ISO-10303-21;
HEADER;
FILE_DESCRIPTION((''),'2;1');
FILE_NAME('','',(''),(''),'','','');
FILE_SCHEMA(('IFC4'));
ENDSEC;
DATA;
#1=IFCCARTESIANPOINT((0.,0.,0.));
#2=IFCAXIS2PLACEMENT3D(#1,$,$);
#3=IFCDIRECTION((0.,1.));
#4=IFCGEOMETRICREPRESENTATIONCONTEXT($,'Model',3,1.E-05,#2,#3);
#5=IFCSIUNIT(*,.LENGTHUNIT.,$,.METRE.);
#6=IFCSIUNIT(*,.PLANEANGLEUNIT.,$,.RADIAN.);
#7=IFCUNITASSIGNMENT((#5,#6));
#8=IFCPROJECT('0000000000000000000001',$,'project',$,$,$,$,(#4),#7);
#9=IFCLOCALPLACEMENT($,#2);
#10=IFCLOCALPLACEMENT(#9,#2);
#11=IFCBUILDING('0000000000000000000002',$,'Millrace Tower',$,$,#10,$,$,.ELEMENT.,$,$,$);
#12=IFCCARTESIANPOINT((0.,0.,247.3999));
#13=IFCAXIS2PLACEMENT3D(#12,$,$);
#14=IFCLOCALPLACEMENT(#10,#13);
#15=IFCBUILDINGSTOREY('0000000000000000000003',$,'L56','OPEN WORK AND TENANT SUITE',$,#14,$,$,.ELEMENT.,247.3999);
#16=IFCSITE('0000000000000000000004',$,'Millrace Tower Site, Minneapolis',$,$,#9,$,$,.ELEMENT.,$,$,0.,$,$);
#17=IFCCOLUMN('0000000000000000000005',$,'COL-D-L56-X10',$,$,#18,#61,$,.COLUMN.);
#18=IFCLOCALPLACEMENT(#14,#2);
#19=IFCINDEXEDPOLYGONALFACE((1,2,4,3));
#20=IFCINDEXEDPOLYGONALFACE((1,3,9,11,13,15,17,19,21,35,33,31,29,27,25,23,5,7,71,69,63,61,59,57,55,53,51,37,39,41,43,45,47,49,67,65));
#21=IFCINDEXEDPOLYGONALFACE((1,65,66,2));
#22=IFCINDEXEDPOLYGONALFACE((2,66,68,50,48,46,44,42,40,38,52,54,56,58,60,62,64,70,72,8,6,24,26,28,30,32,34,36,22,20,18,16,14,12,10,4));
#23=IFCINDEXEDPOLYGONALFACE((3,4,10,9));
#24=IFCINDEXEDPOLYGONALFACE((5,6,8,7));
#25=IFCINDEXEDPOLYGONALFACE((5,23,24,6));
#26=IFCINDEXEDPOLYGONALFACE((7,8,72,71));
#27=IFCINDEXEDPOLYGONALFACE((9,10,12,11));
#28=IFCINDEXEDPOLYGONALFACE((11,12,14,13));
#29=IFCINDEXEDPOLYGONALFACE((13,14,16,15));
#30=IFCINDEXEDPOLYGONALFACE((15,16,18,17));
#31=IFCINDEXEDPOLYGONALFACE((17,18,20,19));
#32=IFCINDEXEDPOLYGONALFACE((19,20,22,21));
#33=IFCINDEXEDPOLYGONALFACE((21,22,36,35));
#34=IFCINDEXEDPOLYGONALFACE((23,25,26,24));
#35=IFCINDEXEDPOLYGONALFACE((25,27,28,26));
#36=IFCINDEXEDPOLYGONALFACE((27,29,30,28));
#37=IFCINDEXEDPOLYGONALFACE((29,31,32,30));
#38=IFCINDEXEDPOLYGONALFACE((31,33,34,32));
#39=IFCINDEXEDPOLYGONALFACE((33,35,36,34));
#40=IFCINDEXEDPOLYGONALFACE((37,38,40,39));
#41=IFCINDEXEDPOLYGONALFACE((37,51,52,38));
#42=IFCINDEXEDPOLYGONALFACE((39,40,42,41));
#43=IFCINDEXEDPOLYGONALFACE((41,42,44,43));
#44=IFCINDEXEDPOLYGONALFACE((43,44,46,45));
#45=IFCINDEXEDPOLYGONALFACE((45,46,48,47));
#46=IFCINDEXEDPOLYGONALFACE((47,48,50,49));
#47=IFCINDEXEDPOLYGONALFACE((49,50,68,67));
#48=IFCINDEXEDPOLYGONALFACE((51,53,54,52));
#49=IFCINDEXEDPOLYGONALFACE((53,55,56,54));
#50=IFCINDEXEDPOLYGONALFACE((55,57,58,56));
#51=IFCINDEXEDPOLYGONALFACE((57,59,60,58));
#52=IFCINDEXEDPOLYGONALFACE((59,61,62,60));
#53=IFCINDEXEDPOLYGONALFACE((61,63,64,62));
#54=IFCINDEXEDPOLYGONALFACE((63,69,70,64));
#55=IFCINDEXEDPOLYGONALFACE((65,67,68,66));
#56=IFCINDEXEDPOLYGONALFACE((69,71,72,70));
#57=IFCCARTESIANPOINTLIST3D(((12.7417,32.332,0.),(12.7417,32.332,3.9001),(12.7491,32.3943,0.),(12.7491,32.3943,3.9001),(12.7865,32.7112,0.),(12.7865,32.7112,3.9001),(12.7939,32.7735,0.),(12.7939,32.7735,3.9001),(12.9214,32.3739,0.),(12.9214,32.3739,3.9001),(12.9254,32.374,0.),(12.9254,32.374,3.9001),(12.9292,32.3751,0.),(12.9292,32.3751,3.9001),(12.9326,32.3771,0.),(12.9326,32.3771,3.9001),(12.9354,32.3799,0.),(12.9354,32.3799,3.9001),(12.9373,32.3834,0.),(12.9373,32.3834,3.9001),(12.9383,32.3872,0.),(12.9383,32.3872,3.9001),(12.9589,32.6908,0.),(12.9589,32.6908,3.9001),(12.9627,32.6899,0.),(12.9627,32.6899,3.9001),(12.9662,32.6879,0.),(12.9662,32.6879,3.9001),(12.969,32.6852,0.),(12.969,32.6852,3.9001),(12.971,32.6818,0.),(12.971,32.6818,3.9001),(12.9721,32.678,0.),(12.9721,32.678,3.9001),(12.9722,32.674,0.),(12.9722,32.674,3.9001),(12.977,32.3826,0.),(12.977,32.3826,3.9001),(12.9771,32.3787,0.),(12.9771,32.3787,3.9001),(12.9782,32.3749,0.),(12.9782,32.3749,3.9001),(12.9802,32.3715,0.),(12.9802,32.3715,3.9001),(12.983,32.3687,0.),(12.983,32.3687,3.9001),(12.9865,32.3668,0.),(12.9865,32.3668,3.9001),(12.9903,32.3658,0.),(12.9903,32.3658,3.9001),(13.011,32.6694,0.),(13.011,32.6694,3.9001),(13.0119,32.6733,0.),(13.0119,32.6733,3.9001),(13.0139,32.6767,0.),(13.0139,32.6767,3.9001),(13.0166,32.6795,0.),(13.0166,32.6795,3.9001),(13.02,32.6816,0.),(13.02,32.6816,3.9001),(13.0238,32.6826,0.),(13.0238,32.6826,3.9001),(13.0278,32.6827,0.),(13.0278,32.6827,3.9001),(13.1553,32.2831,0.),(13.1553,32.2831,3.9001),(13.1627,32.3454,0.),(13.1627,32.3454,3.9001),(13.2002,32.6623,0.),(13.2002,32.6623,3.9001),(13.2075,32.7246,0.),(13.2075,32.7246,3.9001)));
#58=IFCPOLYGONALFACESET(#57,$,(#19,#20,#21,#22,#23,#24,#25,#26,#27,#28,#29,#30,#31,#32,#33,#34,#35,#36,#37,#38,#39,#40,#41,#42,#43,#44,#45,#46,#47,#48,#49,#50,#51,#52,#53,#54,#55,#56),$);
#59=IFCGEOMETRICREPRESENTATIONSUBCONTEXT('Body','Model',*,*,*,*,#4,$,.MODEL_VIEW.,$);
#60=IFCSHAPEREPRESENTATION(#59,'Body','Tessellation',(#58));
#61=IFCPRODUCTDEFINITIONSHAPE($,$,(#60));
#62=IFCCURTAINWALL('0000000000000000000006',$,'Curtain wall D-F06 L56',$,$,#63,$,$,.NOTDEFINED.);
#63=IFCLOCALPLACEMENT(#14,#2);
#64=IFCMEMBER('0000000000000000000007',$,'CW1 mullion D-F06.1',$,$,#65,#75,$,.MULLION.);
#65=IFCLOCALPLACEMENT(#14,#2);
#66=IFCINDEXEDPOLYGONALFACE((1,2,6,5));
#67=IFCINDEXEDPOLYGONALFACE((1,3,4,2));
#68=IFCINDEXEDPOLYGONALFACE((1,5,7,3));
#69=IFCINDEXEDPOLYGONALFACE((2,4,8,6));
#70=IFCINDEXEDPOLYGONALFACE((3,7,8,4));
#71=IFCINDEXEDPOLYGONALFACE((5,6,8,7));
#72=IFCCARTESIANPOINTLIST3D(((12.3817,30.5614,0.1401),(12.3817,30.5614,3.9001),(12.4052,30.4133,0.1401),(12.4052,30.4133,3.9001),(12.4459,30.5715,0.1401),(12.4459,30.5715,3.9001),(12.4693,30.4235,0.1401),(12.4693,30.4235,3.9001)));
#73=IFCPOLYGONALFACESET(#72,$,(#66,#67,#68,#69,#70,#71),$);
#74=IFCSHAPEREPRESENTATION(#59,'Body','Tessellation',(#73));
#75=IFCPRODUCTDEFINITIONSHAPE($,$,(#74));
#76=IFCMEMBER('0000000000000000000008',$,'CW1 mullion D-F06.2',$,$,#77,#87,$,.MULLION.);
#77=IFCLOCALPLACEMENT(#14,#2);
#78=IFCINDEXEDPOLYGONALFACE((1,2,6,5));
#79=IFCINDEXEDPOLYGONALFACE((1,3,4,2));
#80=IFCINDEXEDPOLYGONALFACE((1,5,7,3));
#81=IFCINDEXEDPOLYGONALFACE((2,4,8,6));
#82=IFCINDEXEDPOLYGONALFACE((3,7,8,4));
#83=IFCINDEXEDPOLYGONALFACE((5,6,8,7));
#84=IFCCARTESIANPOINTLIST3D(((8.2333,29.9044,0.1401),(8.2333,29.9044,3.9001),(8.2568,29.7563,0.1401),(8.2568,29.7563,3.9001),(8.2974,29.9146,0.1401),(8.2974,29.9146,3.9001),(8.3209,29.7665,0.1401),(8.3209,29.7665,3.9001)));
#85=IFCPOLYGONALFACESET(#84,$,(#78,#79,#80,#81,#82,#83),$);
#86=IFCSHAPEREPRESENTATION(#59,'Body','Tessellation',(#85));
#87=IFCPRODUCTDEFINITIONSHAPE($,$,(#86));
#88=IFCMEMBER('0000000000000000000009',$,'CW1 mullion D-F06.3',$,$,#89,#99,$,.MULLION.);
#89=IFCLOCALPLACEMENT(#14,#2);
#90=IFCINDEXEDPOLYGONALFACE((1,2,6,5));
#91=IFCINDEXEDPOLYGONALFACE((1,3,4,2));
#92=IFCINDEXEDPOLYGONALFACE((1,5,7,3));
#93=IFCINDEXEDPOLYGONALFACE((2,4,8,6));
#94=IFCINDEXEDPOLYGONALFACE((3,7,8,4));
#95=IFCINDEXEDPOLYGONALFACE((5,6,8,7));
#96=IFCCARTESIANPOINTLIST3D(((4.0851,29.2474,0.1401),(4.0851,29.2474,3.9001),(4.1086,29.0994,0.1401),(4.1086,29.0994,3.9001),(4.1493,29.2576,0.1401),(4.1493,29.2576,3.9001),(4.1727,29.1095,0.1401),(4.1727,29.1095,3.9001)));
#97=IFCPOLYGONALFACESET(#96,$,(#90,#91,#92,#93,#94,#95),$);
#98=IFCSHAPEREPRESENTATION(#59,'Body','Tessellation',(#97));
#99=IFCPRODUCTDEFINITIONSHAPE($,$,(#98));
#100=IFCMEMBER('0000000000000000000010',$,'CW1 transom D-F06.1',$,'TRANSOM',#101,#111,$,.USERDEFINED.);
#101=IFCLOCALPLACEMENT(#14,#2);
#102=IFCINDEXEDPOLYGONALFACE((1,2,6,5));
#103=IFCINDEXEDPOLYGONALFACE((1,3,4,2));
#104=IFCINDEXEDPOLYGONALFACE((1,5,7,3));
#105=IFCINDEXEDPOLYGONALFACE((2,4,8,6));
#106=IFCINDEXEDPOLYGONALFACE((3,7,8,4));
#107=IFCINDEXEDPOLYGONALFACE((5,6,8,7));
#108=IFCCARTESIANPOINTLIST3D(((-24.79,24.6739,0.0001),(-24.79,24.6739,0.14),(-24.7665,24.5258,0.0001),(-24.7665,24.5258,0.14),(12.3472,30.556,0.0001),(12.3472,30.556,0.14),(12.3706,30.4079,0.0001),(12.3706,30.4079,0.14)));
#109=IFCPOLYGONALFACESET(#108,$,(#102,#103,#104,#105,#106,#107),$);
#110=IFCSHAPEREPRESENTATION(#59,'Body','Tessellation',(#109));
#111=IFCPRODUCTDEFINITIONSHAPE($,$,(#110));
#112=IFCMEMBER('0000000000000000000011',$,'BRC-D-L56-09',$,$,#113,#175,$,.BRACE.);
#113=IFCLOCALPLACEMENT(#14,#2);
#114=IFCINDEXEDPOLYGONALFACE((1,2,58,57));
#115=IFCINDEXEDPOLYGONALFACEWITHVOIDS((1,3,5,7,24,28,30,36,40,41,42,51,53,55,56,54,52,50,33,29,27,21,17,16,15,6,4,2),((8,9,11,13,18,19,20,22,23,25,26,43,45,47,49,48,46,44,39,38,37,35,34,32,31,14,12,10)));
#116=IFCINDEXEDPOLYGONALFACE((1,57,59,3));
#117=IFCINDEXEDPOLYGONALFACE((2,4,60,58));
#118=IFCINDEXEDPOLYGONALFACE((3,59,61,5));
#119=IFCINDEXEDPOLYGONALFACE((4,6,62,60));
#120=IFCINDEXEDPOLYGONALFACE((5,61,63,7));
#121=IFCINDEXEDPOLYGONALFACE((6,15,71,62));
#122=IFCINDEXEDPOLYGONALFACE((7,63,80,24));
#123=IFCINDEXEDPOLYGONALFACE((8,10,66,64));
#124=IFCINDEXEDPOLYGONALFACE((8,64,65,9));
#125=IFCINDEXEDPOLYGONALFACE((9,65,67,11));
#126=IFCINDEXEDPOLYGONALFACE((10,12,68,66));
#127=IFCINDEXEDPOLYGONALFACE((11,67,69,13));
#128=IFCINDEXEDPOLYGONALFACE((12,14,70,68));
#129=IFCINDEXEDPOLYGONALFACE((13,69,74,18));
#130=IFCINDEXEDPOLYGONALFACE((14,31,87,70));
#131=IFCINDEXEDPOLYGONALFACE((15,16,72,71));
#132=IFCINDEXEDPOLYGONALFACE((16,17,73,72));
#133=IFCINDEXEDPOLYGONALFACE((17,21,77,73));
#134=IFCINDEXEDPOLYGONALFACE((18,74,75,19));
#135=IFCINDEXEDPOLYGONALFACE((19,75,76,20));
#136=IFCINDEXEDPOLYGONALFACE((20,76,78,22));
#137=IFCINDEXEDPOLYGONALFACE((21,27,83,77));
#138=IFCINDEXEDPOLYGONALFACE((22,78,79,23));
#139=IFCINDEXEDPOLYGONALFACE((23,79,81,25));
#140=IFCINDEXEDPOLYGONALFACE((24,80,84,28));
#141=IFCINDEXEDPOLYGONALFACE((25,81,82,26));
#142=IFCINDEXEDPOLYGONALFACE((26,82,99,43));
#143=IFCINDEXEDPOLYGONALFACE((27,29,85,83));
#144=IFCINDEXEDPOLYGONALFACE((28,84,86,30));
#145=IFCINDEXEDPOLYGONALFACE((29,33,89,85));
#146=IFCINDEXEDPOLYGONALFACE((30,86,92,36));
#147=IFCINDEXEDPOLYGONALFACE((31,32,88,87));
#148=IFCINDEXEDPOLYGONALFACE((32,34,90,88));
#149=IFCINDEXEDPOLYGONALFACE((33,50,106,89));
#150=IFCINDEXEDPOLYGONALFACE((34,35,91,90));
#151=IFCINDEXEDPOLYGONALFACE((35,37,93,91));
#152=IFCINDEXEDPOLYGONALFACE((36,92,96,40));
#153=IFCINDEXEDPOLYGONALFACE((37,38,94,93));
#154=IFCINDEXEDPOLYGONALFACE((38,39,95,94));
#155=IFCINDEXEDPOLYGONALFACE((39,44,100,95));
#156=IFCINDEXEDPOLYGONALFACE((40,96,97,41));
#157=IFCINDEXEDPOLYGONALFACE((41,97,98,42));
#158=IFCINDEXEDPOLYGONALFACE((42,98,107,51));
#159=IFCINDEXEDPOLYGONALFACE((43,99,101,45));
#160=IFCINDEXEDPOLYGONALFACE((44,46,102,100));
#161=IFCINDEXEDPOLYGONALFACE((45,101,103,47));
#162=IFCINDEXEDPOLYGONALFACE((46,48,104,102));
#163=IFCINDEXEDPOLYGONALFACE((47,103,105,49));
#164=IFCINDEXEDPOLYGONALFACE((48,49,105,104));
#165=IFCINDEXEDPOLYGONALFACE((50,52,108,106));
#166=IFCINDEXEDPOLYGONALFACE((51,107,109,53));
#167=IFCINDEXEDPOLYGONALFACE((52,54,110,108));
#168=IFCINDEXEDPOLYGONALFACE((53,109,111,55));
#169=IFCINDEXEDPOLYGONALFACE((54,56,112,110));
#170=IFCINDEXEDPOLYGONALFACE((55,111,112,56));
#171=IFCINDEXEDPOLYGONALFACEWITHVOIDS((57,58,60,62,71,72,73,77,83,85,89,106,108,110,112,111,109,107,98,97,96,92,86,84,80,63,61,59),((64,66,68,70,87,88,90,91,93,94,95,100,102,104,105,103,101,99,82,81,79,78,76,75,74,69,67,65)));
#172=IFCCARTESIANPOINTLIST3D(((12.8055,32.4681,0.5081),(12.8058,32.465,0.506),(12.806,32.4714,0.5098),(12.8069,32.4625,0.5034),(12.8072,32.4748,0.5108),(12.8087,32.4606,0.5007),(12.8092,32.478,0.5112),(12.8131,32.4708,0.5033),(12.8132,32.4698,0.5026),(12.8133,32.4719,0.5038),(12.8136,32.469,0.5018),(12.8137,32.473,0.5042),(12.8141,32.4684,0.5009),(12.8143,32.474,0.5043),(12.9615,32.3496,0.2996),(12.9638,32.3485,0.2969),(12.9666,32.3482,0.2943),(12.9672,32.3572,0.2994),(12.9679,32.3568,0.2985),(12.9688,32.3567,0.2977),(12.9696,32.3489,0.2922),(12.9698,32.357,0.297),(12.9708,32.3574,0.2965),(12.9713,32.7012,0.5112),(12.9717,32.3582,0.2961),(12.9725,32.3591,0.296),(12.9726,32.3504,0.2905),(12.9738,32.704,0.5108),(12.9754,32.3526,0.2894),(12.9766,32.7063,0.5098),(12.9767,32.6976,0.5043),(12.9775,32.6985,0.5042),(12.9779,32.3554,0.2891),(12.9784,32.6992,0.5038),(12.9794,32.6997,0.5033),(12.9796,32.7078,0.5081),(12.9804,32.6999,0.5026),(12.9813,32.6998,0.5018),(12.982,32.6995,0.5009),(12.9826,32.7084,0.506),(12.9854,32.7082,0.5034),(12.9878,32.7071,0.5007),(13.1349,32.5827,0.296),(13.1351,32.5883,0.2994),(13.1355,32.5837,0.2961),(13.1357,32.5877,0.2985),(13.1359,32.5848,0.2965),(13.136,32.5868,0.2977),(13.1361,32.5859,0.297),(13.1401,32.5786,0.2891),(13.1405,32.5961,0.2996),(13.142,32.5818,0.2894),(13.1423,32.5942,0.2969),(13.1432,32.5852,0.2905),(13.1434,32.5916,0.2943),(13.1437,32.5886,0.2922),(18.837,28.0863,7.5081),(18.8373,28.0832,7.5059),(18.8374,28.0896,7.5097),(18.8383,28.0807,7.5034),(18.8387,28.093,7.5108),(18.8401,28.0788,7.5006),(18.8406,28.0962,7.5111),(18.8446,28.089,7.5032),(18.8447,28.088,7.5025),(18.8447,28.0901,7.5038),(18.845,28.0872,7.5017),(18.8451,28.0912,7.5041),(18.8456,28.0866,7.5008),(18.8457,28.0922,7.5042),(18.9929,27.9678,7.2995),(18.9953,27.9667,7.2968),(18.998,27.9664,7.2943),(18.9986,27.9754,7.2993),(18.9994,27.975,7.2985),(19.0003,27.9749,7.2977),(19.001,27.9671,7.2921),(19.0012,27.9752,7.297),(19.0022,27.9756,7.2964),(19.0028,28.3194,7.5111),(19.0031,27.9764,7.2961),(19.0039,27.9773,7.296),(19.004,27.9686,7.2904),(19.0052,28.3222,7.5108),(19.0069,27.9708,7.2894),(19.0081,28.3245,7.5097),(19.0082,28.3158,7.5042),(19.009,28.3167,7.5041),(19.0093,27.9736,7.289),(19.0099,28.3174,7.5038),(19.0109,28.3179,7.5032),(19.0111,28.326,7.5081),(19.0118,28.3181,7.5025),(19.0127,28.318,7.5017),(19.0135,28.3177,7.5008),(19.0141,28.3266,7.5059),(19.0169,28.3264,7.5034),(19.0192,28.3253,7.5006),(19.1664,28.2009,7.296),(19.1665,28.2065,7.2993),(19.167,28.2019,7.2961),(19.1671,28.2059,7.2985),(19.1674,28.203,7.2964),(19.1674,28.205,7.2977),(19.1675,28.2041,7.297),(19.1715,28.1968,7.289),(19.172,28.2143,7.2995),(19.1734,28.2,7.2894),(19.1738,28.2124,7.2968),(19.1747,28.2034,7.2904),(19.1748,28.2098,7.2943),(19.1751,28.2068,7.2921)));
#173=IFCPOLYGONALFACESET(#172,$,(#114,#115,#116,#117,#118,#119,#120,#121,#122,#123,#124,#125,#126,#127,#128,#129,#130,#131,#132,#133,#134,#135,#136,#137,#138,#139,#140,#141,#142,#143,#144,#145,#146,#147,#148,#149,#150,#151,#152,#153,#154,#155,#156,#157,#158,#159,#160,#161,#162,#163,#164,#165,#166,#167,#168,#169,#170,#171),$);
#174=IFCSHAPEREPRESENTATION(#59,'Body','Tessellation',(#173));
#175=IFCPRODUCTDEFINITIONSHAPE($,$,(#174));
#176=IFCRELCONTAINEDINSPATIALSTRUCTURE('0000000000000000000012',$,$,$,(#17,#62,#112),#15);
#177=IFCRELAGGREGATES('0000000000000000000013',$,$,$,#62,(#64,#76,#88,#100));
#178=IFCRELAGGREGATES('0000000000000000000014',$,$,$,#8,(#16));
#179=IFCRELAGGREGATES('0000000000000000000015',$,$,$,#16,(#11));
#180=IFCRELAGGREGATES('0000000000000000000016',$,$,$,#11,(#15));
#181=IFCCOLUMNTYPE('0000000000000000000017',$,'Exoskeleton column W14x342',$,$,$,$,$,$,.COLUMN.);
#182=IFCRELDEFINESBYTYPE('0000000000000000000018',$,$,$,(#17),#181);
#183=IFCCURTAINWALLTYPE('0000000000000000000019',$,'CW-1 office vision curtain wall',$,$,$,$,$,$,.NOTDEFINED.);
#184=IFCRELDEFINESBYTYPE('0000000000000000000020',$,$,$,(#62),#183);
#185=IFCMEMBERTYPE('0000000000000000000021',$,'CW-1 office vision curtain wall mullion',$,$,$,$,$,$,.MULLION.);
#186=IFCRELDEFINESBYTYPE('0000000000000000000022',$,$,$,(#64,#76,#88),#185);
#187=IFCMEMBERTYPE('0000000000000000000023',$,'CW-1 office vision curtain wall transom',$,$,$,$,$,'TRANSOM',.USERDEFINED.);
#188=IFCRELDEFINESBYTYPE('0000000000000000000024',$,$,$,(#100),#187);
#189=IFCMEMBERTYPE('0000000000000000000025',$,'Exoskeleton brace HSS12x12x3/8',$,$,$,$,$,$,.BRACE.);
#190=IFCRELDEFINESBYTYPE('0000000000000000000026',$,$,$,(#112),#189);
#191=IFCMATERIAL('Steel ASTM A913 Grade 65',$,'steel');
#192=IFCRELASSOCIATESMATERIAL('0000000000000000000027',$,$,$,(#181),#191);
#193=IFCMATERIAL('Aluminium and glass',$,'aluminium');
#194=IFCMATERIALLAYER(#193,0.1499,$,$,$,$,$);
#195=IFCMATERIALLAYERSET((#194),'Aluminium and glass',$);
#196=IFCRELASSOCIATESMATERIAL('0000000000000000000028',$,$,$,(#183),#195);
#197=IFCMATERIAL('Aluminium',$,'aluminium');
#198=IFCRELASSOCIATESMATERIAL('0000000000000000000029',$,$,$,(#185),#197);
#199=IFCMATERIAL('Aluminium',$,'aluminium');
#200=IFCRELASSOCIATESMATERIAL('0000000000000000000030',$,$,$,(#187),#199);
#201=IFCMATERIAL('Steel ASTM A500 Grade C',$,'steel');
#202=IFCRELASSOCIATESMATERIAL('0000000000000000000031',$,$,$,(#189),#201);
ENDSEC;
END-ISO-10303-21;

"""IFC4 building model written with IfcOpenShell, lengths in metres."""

from ifc_helpers import new_model, si_unit, direction, frame, origin, origin_2d, place, context, subcontext, project, spatial, rectangle, hollow_rectangle, i_section, extrude, material, layer, layer_set, material_profile, profile_set, type_object, element, aggregate, save


model = new_model("IFC4")

# Units and contexts
model_context = context("Model", 3, precision=1e-05, world=origin(), true_north=direction((0.0, 1.0)))
body_context = subcontext(model_context, "Body", "Model", "MODEL_VIEW")
ifc_project = project(units=[si_unit("LENGTHUNIT", "METRE"), si_unit("PLANEANGLEUNIT", "RADIAN")], contexts=[model_context])

# Site, building, storey
site_placement = place(None, origin())
site = spatial("IfcSite", under=ifc_project, at=site_placement, Name="Millrace Tower Site, Minneapolis", CompositionType="ELEMENT", RefElevation=0.0)
building_placement = place(site_placement, origin())
building = spatial("IfcBuilding", under=site, at=building_placement, Name="Millrace Tower", CompositionType="ELEMENT")
storey_placement = place(building_placement, frame((0.0, 0.0, 247.3999)))
storey = spatial("IfcBuildingStorey", under=building, at=storey_placement, Name="L56", Description="OPEN WORK AND TENANT SUITE", CompositionType="ELEMENT", Elevation=247.3999)

# Column
ifc_material_1 = material(Name="Steel ASTM A913 Grade 65", Category="steel")
ifc_material_profile_1 = material_profile(ifc_material_1, i_section(OverallWidth=0.4165, OverallDepth=0.4446, WebThickness=0.0391, FlangeThickness=0.0627, FilletRadius=0.0151, at=origin_2d()))
ifc_profile_set_1 = profile_set([ifc_material_profile_1], Name="Steel ASTM A913 Grade 65")
column_type = type_object("IfcColumnType", Name="Exoskeleton column W14x342", PredefinedType="COLUMN", material=ifc_profile_set_1)
column_placement = place(storey_placement, frame((12.9746, 32.5283, 0.0), z_axis=(0.0, 0.0, 1.0), x_axis=(-0.993082, 0.117421, 0.0)))
element("IfcColumn", 1, at=column_placement, inside=storey, type_object=column_type, Name="COL-D-L56-X10", PredefinedType="COLUMN", context=body_context, shape_type="SweptSolid", body=[
    extrude(i_section(OverallWidth=0.4165, OverallDepth=0.4446, WebThickness=0.0391, FlangeThickness=0.0627, FilletRadius=0.0151, at=origin_2d()), origin(), (0.0, 0.0, 1.0), 3.9001),
])

# Curtain wall, members
ifc_material_2 = material(Name="Aluminium and glass", Category="aluminium")
ifc_layer_1 = layer(ifc_material_2, 0.1499)
ifc_layer_set_1 = layer_set([ifc_layer_1], Name="Aluminium and glass")
curtain_wall_type = type_object("IfcCurtainWallType", Name="CW-1 office vision curtain wall", PredefinedType="NOTDEFINED", material=ifc_layer_set_1)
curtain_wall_placement = place(storey_placement, origin())
curtain_wall = element("IfcCurtainWall", 2, at=curtain_wall_placement, inside=storey, type_object=curtain_wall_type, Name="Curtain wall D-F06 L56", PredefinedType="NOTDEFINED")
ifc_material_3 = material(Name="Aluminium", Category="aluminium")
ifc_material_profile_2 = material_profile(ifc_material_3, rectangle(XDim=0.0649, YDim=0.1499, at=origin_2d()))
ifc_profile_set_2 = profile_set([ifc_material_profile_2], Name="Aluminium")
member_type_1 = type_object("IfcMemberType", Name="CW-1 office vision curtain wall mullion", PredefinedType="MULLION", material=ifc_profile_set_2)
member_1_placement = place(storey_placement, frame((12.4255, 30.4924, 0.1401), z_axis=(0.0, 0.0, 1.0), x_axis=(-0.987688, -0.156434, 0.0)))
member_1 = element("IfcMember", 3, at=member_1_placement, type_object=member_type_1, Name="CW1 mullion D-F06.1", PredefinedType="MULLION", context=body_context, shape_type="SweptSolid", body=[
    extrude(rectangle(XDim=0.0649, YDim=0.1499, at=origin_2d()), origin(), (0.0, 0.0, 1.0), 3.76),
])
member_2_placement = place(storey_placement, frame((8.2771, 29.8354, 0.1401), z_axis=(0.0, 0.0, 1.0), x_axis=(-0.987688, -0.156434, 0.0)))
member_2 = element("IfcMember", 4, at=member_2_placement, type_object=member_type_1, Name="CW1 mullion D-F06.2", PredefinedType="MULLION", context=body_context, shape_type="SweptSolid", body=[
    extrude(rectangle(XDim=0.0649, YDim=0.1499, at=origin_2d()), origin(), (0.0, 0.0, 1.0), 3.76),
])
member_3_placement = place(storey_placement, frame((4.1289, 29.1785, 0.1401), z_axis=(0.0, 0.0, 1.0), x_axis=(-0.987688, -0.156434, 0.0)))
member_3 = element("IfcMember", 5, at=member_3_placement, type_object=member_type_1, Name="CW1 mullion D-F06.3", PredefinedType="MULLION", context=body_context, shape_type="SweptSolid", body=[
    extrude(rectangle(XDim=0.0649, YDim=0.1499, at=origin_2d()), origin(), (0.0, 0.0, 1.0), 3.76),
])
ifc_material_4 = material(Name="Aluminium", Category="aluminium")
ifc_material_profile_3 = material_profile(ifc_material_4, rectangle(XDim=0.1499, YDim=0.1399, at=origin_2d()))
ifc_profile_set_3 = profile_set([ifc_material_profile_3], Name="Aluminium")
member_type_2 = type_object("IfcMemberType", Name="CW-1 office vision curtain wall transom", ElementType="TRANSOM", PredefinedType="USERDEFINED", material=ifc_profile_set_3)
member_4_placement = place(storey_placement, frame((12.3589, 30.4819, 0.0701), z_axis=(-0.987688, -0.156438, 0.0), x_axis=(0.156438, -0.987688, 0.0)))
member_4 = element("IfcMember", 6, at=member_4_placement, type_object=member_type_2, Name="CW1 transom D-F06.1", ObjectType="TRANSOM", PredefinedType="USERDEFINED", context=body_context, shape_type="SweptSolid", body=[
    extrude(rectangle(XDim=0.1499, YDim=0.1399, at=origin_2d()), origin(), (0.0, 0.0, 1.0), 37.6001),
])
aggregate(curtain_wall, [member_1, member_2, member_3, member_4])

# Member
ifc_material_5 = material(Name="Steel ASTM A500 Grade C", Category="steel")
ifc_material_profile_4 = material_profile(ifc_material_5, hollow_rectangle(XDim=0.3047, YDim=0.3047, WallThickness=0.0095, InnerFilletRadius=0.0046, OuterFilletRadius=0.0144, at=origin_2d()))
ifc_profile_set_4 = profile_set([ifc_material_profile_4], Name="Steel ASTM A500 Grade C")
member_type_3 = type_object("IfcMemberType", Name="Exoskeleton brace HSS12x12x3/8", PredefinedType="BRACE", material=ifc_profile_set_4)
member_5_placement = place(storey_placement, frame((12.9746, 32.5283, 0.4001), z_axis=(0.589796, -0.428482, 0.684502), x_axis=(0.587759, 0.809036, 0.0)))
element("IfcMember", 7, at=member_5_placement, inside=storey, type_object=member_type_3, Name="BRC-D-L56-09", PredefinedType="BRACE", context=body_context, shape_type="SweptSolid", body=[
    extrude(hollow_rectangle(XDim=0.3047, YDim=0.3047, WallThickness=0.0095, InnerFilletRadius=0.0046, OuterFilletRadius=0.0144, at=origin_2d()), origin(), (0.0, 0.0, 1.0), 10.2263),
])

save(model, "model.ifc")
